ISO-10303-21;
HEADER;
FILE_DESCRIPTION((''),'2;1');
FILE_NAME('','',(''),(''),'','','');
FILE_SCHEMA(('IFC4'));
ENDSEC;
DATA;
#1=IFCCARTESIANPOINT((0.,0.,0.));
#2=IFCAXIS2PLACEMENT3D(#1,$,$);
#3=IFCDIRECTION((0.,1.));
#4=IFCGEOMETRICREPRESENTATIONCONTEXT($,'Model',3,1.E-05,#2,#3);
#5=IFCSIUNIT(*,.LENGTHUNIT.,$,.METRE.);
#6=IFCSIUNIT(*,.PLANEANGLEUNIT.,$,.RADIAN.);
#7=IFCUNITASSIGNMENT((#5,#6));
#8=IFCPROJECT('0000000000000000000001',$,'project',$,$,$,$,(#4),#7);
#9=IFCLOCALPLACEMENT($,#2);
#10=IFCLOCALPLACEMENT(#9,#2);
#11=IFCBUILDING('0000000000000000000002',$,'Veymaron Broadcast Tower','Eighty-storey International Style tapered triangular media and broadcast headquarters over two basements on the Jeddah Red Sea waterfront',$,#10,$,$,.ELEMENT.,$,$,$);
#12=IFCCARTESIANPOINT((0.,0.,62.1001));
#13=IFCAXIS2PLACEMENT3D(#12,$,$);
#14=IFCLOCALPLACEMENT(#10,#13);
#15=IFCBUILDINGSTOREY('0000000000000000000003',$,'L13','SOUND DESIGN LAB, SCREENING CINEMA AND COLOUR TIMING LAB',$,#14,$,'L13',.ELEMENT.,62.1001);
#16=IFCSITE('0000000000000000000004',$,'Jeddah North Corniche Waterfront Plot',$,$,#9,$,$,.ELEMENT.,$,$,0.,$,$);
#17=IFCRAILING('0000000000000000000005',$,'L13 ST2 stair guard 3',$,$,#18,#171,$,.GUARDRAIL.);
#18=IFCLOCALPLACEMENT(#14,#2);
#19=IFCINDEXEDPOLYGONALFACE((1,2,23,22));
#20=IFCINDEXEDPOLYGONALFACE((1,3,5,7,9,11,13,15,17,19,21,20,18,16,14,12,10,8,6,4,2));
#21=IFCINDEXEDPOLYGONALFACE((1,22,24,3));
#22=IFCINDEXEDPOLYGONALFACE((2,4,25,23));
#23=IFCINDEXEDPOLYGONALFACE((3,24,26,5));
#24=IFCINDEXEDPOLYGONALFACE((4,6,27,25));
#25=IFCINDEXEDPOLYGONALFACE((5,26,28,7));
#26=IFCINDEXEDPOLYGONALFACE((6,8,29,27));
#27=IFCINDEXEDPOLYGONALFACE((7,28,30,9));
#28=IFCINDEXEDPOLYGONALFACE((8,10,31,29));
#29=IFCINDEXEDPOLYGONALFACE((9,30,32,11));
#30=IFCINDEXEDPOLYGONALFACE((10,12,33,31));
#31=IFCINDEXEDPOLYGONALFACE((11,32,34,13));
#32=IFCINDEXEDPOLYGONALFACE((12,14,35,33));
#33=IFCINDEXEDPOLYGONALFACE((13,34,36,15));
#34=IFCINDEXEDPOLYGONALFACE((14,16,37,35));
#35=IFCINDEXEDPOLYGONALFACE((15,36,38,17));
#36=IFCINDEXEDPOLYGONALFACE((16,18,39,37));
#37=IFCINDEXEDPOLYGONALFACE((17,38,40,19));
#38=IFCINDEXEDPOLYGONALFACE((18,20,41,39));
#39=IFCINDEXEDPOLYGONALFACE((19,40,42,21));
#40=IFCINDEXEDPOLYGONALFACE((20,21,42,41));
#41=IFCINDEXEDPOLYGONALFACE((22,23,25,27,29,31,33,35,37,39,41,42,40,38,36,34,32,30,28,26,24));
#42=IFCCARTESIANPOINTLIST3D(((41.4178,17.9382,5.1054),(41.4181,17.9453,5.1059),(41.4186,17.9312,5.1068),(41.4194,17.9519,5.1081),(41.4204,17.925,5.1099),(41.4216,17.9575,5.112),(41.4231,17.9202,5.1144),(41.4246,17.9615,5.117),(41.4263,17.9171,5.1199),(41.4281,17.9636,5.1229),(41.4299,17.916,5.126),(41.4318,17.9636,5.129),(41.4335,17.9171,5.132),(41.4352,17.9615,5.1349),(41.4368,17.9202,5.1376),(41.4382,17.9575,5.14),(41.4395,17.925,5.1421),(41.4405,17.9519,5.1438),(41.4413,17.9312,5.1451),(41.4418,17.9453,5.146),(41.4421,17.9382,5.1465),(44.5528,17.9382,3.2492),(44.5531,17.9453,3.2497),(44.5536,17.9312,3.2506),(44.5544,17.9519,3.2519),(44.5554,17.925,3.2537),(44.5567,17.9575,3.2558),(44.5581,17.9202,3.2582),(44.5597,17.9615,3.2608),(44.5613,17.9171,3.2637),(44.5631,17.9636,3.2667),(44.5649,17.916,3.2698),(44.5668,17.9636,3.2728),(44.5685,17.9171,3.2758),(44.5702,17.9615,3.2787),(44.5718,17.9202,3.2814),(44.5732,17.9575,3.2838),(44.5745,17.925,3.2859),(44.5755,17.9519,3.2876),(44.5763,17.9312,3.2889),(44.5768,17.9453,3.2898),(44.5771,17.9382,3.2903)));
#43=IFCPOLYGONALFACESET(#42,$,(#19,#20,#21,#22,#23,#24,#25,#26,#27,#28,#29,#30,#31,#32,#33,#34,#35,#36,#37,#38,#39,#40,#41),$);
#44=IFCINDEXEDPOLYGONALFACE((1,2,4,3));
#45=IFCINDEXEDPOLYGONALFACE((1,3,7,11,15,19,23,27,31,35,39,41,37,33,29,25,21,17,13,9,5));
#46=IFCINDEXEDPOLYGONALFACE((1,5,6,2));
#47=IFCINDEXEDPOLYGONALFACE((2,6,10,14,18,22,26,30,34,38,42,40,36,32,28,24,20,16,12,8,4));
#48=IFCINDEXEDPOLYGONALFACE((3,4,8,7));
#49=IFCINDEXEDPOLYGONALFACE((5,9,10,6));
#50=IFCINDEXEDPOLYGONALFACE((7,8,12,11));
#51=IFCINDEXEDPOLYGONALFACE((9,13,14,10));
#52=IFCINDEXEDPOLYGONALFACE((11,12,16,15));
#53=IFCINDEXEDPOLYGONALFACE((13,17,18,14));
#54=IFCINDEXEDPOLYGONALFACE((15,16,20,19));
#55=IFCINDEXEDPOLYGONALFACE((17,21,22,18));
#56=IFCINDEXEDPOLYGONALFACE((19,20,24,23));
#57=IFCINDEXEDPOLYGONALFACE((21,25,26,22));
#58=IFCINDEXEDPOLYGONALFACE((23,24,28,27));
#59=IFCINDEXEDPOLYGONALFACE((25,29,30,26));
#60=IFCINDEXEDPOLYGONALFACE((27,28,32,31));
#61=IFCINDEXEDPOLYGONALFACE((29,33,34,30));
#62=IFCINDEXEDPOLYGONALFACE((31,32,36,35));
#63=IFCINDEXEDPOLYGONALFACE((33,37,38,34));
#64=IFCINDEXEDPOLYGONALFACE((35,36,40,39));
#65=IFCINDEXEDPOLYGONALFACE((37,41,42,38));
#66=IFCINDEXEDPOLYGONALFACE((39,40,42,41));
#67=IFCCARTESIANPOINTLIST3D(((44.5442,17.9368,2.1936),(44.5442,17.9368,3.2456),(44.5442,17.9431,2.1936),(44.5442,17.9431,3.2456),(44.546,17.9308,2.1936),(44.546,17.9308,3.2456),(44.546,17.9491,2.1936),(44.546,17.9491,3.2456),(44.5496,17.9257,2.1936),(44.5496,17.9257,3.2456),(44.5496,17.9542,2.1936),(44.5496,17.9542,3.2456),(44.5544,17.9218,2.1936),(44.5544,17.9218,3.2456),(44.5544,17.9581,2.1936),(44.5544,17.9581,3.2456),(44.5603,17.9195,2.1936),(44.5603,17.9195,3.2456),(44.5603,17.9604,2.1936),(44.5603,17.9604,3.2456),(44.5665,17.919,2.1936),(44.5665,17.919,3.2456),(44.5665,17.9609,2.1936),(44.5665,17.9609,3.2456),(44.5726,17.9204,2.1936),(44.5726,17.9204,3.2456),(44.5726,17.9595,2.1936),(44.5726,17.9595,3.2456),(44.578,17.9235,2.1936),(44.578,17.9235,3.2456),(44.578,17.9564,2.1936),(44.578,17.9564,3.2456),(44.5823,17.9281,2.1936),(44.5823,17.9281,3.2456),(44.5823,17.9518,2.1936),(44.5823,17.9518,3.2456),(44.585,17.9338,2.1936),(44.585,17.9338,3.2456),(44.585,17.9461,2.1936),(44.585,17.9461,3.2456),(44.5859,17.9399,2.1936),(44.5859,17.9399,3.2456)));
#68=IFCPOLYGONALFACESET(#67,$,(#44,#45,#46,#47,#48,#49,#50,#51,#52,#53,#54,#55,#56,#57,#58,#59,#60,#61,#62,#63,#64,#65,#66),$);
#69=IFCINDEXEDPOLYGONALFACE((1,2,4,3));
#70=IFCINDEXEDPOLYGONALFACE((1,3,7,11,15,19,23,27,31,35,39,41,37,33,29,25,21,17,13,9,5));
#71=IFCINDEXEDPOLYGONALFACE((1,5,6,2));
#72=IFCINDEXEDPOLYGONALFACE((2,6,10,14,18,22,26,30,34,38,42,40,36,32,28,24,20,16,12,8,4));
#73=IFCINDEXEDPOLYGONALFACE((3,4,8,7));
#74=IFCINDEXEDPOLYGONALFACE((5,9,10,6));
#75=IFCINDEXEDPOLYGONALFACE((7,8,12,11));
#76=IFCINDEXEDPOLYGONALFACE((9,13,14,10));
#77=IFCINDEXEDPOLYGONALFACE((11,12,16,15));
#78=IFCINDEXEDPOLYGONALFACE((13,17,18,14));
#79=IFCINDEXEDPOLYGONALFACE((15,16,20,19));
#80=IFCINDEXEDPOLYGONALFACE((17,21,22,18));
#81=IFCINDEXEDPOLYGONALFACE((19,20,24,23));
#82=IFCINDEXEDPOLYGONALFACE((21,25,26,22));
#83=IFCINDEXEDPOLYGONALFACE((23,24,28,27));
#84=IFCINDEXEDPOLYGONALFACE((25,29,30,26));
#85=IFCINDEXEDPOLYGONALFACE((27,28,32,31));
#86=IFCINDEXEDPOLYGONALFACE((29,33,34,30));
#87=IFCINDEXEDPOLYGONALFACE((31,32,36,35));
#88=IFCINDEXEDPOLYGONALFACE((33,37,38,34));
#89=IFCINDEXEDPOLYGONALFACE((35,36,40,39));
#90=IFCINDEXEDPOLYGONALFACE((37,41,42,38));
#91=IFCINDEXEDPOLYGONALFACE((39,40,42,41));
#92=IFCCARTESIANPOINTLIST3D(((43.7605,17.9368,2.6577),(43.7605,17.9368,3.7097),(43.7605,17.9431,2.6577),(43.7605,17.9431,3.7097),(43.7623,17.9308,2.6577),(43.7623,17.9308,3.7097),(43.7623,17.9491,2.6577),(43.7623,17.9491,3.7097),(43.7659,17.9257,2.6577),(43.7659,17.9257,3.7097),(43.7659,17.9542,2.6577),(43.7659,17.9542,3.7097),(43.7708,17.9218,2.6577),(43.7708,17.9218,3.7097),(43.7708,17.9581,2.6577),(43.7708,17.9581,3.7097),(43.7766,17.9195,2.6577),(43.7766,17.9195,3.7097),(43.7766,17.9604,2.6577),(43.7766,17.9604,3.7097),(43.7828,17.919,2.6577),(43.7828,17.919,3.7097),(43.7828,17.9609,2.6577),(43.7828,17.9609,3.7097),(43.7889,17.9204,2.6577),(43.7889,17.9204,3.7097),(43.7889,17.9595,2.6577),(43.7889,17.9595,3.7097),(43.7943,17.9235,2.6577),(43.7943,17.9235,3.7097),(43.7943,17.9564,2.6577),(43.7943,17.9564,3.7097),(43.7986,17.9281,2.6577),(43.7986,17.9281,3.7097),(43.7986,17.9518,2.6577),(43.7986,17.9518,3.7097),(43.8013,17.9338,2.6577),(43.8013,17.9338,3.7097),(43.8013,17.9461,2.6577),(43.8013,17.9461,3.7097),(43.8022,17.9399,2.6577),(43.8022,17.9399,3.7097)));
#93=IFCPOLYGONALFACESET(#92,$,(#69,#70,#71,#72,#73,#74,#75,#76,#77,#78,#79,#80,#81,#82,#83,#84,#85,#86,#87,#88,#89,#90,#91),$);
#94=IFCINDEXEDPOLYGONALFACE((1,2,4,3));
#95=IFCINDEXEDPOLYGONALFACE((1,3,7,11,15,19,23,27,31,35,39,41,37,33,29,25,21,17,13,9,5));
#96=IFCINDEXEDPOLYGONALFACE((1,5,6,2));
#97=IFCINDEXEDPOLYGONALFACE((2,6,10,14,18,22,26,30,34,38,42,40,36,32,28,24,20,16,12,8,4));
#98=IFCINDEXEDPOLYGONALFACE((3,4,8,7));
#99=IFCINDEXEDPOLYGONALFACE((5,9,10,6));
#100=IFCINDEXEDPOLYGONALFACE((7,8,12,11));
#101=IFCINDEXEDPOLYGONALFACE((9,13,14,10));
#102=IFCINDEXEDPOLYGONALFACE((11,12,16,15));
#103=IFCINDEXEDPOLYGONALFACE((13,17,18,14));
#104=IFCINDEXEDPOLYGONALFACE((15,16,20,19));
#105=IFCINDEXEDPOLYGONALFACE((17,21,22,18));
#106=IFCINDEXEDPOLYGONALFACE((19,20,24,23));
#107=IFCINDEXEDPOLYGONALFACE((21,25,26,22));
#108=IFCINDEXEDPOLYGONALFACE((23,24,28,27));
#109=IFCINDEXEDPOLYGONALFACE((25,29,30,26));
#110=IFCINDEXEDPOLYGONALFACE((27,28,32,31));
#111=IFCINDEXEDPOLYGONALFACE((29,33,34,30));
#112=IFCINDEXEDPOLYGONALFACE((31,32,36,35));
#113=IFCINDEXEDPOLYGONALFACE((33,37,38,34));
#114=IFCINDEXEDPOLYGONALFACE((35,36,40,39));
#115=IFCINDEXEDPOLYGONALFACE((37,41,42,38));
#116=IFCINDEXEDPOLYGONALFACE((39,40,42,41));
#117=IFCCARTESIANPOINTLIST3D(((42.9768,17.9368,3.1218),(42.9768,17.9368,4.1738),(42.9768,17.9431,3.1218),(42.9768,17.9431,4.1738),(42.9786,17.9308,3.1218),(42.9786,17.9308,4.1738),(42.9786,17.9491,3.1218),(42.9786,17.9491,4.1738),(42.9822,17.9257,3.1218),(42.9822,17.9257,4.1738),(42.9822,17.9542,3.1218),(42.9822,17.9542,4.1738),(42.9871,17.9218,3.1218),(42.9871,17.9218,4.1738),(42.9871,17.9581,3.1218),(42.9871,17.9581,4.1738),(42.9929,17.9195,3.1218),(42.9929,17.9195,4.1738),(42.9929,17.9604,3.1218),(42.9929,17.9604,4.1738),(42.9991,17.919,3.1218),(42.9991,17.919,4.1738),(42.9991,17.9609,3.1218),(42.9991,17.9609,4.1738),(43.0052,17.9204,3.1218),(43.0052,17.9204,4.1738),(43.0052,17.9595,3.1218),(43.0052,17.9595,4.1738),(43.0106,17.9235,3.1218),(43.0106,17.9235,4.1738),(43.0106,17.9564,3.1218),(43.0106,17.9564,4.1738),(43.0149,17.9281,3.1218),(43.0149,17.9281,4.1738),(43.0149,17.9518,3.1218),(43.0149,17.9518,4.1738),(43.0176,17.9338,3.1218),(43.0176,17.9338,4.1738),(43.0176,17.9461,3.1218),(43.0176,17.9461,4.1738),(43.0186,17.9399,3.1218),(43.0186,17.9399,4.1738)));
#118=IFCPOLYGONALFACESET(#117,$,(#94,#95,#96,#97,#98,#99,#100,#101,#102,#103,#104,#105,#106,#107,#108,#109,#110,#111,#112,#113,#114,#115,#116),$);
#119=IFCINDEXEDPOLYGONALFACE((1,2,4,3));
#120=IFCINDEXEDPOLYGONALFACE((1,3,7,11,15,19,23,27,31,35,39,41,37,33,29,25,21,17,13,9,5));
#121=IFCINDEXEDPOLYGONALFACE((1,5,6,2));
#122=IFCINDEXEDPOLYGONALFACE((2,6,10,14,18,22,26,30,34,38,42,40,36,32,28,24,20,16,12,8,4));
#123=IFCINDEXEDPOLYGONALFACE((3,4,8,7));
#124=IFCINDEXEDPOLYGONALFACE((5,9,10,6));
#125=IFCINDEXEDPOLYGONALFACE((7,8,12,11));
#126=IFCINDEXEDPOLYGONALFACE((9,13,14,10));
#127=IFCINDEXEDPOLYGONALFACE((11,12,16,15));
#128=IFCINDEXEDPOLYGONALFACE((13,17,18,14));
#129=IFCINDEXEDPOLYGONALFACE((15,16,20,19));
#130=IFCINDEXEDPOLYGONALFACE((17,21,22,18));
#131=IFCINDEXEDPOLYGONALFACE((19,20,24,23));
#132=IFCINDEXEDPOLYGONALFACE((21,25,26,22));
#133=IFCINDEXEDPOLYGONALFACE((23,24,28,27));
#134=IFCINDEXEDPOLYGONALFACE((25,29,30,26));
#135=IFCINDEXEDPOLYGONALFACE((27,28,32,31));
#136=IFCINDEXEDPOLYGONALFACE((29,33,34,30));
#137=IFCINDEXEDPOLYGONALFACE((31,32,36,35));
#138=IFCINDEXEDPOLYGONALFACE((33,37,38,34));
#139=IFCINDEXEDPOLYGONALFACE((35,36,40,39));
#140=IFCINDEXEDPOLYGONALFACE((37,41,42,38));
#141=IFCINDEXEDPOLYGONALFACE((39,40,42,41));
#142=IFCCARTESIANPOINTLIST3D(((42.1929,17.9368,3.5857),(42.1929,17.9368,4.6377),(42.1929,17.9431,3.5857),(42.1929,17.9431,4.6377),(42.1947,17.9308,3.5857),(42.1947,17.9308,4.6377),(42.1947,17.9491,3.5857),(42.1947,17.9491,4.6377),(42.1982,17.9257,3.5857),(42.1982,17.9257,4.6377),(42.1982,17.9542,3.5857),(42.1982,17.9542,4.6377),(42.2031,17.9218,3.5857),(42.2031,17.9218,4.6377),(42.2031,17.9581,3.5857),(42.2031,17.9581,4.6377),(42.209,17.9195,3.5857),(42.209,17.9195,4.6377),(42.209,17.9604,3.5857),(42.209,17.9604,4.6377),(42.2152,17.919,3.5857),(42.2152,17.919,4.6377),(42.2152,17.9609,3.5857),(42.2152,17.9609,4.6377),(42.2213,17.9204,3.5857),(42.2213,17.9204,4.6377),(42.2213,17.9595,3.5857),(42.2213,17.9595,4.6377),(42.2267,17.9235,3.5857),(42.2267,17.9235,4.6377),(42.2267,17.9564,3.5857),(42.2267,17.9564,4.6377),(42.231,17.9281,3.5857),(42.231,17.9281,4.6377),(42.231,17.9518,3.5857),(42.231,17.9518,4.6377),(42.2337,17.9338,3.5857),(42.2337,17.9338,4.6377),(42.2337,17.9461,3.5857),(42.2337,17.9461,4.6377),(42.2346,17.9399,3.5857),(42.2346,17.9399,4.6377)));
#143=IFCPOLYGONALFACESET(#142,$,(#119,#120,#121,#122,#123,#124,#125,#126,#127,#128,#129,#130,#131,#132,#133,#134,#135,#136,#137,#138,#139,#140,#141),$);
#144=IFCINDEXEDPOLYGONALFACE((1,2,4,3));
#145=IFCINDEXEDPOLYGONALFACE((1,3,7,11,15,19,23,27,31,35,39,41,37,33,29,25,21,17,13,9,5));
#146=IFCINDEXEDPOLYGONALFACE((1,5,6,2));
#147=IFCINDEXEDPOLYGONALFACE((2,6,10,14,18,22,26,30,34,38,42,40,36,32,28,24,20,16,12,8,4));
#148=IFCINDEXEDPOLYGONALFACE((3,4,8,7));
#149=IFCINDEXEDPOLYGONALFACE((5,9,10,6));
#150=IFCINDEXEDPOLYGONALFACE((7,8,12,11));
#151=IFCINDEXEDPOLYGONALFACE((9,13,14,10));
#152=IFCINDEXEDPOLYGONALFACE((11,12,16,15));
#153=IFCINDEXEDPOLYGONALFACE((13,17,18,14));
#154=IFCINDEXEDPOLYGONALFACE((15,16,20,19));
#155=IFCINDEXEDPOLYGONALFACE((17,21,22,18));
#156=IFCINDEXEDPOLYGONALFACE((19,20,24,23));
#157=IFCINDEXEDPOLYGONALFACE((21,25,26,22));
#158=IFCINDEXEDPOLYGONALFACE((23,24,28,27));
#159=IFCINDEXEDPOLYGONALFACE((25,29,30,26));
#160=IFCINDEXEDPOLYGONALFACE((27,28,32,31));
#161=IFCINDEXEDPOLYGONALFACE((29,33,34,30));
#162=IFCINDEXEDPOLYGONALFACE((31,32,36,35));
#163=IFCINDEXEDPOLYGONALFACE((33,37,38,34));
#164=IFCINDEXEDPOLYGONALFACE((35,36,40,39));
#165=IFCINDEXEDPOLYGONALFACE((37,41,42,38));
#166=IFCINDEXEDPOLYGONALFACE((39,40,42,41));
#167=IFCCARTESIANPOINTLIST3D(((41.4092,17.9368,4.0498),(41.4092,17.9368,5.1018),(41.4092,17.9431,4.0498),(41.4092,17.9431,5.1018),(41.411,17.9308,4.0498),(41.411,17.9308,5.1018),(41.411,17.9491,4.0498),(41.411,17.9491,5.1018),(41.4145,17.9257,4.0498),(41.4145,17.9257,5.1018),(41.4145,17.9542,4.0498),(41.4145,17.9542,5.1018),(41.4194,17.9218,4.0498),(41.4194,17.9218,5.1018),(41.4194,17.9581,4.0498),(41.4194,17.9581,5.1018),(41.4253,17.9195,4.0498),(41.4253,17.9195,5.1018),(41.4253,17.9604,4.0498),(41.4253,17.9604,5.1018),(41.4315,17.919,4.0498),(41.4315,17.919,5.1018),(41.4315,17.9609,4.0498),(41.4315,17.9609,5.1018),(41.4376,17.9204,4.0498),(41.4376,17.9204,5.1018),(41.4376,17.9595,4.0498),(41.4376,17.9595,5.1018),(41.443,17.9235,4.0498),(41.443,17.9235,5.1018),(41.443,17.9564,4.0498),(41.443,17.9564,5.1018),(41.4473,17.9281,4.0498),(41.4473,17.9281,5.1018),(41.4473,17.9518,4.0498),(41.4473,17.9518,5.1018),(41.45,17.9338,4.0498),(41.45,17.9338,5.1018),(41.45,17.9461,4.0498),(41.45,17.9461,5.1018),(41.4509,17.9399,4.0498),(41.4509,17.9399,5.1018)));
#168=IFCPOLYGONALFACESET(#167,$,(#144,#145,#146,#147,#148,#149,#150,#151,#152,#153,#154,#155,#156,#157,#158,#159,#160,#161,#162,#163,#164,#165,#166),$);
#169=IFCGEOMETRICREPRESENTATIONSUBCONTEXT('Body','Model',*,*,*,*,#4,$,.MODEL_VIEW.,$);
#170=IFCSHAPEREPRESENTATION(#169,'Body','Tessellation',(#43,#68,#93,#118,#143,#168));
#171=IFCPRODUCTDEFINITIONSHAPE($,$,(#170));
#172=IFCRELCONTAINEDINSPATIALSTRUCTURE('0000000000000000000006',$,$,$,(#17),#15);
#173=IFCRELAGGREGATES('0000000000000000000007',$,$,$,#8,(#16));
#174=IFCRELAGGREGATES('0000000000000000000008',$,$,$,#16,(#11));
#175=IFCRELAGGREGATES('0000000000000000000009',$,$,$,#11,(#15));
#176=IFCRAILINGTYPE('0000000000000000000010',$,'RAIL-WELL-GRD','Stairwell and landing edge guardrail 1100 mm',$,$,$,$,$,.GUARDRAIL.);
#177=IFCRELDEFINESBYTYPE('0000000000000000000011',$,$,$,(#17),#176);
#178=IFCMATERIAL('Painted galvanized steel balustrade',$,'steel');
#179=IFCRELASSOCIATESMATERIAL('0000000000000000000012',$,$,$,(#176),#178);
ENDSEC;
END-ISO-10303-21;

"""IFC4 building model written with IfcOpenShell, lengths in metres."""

from ifc_helpers import new_model, si_unit, direction, frame, origin, origin_2d, place, context, subcontext, project, spatial, circle, extrude, material, type_object, element, save


model = new_model("IFC4")

# Units and contexts
model_context = context("Model", 3, precision=1e-05, world=origin(), true_north=direction((0.0, 1.0)))
body_context = subcontext(model_context, "Body", "Model", "MODEL_VIEW")
ifc_project = project(units=[si_unit("LENGTHUNIT", "METRE"), si_unit("PLANEANGLEUNIT", "RADIAN")], contexts=[model_context])

# Site, building, storey
site_placement = place(None, origin())
site = spatial("IfcSite", under=ifc_project, at=site_placement, Name="Jeddah North Corniche Waterfront Plot", CompositionType="ELEMENT", RefElevation=0.0)
building_placement = place(site_placement, origin())
building = spatial("IfcBuilding", under=site, at=building_placement, Name="Veymaron Broadcast Tower", Description="Eighty-storey International Style tapered triangular media and broadcast headquarters over two basements on the Jeddah Red Sea waterfront", CompositionType="ELEMENT")
storey_placement = place(building_placement, frame((0.0, 0.0, 62.1001)))
storey = spatial("IfcBuildingStorey", under=building, at=storey_placement, Name="L13", Description="SOUND DESIGN LAB, SCREENING CINEMA AND COLOUR TIMING LAB", LongName="L13", CompositionType="ELEMENT", Elevation=62.1001)

# Railing
ifc_material_1 = material(Name="Painted galvanized steel balustrade", Category="steel")
railing_type_1 = type_object("IfcRailingType", Name="RAIL-WELL-GRD", Description="Stairwell and landing edge guardrail 1100 mm", PredefinedType="GUARDRAIL", material=ifc_material_1)
railing_1_placement = place(storey_placement, frame((44.5649, 17.9399, 2.1936)))
element("IfcRailing", 1, at=railing_1_placement, inside=storey, type_object=railing_type_1, Name="L13 ST2 stair guard 3", PredefinedType="GUARDRAIL", context=body_context, shape_type="SweptSolid", body=[
    extrude(circle(Radius=0.0239, at=origin_2d()), frame((0.0, 0.0, 1.0762), z_axis=(-0.860482, 0.0, 0.509481), x_axis=(0.0, -1.0, 0.0)), (0.0, 0.0, 1.0), 3.6433),
    extrude(circle(Radius=0.021, at=origin_2d()), origin(), (0.0, 0.0, 1.0), 1.052),
    extrude(circle(Radius=0.021, at=origin_2d()), frame((-0.7837, 0.0, 0.4641)), (0.0, 0.0, 1.0), 1.052),
    extrude(circle(Radius=0.021, at=origin_2d()), frame((-1.5674, 0.0, 0.9282)), (0.0, 0.0, 1.0), 1.052),
    extrude(circle(Radius=0.021, at=origin_2d()), frame((-2.3513, 0.0, 1.3921)), (0.0, 0.0, 1.0), 1.052),
    extrude(circle(Radius=0.021, at=origin_2d()), frame((-3.135, 0.0, 1.8562)), (0.0, 0.0, 1.0), 1.052),
])

save(model, "model.ifc")
